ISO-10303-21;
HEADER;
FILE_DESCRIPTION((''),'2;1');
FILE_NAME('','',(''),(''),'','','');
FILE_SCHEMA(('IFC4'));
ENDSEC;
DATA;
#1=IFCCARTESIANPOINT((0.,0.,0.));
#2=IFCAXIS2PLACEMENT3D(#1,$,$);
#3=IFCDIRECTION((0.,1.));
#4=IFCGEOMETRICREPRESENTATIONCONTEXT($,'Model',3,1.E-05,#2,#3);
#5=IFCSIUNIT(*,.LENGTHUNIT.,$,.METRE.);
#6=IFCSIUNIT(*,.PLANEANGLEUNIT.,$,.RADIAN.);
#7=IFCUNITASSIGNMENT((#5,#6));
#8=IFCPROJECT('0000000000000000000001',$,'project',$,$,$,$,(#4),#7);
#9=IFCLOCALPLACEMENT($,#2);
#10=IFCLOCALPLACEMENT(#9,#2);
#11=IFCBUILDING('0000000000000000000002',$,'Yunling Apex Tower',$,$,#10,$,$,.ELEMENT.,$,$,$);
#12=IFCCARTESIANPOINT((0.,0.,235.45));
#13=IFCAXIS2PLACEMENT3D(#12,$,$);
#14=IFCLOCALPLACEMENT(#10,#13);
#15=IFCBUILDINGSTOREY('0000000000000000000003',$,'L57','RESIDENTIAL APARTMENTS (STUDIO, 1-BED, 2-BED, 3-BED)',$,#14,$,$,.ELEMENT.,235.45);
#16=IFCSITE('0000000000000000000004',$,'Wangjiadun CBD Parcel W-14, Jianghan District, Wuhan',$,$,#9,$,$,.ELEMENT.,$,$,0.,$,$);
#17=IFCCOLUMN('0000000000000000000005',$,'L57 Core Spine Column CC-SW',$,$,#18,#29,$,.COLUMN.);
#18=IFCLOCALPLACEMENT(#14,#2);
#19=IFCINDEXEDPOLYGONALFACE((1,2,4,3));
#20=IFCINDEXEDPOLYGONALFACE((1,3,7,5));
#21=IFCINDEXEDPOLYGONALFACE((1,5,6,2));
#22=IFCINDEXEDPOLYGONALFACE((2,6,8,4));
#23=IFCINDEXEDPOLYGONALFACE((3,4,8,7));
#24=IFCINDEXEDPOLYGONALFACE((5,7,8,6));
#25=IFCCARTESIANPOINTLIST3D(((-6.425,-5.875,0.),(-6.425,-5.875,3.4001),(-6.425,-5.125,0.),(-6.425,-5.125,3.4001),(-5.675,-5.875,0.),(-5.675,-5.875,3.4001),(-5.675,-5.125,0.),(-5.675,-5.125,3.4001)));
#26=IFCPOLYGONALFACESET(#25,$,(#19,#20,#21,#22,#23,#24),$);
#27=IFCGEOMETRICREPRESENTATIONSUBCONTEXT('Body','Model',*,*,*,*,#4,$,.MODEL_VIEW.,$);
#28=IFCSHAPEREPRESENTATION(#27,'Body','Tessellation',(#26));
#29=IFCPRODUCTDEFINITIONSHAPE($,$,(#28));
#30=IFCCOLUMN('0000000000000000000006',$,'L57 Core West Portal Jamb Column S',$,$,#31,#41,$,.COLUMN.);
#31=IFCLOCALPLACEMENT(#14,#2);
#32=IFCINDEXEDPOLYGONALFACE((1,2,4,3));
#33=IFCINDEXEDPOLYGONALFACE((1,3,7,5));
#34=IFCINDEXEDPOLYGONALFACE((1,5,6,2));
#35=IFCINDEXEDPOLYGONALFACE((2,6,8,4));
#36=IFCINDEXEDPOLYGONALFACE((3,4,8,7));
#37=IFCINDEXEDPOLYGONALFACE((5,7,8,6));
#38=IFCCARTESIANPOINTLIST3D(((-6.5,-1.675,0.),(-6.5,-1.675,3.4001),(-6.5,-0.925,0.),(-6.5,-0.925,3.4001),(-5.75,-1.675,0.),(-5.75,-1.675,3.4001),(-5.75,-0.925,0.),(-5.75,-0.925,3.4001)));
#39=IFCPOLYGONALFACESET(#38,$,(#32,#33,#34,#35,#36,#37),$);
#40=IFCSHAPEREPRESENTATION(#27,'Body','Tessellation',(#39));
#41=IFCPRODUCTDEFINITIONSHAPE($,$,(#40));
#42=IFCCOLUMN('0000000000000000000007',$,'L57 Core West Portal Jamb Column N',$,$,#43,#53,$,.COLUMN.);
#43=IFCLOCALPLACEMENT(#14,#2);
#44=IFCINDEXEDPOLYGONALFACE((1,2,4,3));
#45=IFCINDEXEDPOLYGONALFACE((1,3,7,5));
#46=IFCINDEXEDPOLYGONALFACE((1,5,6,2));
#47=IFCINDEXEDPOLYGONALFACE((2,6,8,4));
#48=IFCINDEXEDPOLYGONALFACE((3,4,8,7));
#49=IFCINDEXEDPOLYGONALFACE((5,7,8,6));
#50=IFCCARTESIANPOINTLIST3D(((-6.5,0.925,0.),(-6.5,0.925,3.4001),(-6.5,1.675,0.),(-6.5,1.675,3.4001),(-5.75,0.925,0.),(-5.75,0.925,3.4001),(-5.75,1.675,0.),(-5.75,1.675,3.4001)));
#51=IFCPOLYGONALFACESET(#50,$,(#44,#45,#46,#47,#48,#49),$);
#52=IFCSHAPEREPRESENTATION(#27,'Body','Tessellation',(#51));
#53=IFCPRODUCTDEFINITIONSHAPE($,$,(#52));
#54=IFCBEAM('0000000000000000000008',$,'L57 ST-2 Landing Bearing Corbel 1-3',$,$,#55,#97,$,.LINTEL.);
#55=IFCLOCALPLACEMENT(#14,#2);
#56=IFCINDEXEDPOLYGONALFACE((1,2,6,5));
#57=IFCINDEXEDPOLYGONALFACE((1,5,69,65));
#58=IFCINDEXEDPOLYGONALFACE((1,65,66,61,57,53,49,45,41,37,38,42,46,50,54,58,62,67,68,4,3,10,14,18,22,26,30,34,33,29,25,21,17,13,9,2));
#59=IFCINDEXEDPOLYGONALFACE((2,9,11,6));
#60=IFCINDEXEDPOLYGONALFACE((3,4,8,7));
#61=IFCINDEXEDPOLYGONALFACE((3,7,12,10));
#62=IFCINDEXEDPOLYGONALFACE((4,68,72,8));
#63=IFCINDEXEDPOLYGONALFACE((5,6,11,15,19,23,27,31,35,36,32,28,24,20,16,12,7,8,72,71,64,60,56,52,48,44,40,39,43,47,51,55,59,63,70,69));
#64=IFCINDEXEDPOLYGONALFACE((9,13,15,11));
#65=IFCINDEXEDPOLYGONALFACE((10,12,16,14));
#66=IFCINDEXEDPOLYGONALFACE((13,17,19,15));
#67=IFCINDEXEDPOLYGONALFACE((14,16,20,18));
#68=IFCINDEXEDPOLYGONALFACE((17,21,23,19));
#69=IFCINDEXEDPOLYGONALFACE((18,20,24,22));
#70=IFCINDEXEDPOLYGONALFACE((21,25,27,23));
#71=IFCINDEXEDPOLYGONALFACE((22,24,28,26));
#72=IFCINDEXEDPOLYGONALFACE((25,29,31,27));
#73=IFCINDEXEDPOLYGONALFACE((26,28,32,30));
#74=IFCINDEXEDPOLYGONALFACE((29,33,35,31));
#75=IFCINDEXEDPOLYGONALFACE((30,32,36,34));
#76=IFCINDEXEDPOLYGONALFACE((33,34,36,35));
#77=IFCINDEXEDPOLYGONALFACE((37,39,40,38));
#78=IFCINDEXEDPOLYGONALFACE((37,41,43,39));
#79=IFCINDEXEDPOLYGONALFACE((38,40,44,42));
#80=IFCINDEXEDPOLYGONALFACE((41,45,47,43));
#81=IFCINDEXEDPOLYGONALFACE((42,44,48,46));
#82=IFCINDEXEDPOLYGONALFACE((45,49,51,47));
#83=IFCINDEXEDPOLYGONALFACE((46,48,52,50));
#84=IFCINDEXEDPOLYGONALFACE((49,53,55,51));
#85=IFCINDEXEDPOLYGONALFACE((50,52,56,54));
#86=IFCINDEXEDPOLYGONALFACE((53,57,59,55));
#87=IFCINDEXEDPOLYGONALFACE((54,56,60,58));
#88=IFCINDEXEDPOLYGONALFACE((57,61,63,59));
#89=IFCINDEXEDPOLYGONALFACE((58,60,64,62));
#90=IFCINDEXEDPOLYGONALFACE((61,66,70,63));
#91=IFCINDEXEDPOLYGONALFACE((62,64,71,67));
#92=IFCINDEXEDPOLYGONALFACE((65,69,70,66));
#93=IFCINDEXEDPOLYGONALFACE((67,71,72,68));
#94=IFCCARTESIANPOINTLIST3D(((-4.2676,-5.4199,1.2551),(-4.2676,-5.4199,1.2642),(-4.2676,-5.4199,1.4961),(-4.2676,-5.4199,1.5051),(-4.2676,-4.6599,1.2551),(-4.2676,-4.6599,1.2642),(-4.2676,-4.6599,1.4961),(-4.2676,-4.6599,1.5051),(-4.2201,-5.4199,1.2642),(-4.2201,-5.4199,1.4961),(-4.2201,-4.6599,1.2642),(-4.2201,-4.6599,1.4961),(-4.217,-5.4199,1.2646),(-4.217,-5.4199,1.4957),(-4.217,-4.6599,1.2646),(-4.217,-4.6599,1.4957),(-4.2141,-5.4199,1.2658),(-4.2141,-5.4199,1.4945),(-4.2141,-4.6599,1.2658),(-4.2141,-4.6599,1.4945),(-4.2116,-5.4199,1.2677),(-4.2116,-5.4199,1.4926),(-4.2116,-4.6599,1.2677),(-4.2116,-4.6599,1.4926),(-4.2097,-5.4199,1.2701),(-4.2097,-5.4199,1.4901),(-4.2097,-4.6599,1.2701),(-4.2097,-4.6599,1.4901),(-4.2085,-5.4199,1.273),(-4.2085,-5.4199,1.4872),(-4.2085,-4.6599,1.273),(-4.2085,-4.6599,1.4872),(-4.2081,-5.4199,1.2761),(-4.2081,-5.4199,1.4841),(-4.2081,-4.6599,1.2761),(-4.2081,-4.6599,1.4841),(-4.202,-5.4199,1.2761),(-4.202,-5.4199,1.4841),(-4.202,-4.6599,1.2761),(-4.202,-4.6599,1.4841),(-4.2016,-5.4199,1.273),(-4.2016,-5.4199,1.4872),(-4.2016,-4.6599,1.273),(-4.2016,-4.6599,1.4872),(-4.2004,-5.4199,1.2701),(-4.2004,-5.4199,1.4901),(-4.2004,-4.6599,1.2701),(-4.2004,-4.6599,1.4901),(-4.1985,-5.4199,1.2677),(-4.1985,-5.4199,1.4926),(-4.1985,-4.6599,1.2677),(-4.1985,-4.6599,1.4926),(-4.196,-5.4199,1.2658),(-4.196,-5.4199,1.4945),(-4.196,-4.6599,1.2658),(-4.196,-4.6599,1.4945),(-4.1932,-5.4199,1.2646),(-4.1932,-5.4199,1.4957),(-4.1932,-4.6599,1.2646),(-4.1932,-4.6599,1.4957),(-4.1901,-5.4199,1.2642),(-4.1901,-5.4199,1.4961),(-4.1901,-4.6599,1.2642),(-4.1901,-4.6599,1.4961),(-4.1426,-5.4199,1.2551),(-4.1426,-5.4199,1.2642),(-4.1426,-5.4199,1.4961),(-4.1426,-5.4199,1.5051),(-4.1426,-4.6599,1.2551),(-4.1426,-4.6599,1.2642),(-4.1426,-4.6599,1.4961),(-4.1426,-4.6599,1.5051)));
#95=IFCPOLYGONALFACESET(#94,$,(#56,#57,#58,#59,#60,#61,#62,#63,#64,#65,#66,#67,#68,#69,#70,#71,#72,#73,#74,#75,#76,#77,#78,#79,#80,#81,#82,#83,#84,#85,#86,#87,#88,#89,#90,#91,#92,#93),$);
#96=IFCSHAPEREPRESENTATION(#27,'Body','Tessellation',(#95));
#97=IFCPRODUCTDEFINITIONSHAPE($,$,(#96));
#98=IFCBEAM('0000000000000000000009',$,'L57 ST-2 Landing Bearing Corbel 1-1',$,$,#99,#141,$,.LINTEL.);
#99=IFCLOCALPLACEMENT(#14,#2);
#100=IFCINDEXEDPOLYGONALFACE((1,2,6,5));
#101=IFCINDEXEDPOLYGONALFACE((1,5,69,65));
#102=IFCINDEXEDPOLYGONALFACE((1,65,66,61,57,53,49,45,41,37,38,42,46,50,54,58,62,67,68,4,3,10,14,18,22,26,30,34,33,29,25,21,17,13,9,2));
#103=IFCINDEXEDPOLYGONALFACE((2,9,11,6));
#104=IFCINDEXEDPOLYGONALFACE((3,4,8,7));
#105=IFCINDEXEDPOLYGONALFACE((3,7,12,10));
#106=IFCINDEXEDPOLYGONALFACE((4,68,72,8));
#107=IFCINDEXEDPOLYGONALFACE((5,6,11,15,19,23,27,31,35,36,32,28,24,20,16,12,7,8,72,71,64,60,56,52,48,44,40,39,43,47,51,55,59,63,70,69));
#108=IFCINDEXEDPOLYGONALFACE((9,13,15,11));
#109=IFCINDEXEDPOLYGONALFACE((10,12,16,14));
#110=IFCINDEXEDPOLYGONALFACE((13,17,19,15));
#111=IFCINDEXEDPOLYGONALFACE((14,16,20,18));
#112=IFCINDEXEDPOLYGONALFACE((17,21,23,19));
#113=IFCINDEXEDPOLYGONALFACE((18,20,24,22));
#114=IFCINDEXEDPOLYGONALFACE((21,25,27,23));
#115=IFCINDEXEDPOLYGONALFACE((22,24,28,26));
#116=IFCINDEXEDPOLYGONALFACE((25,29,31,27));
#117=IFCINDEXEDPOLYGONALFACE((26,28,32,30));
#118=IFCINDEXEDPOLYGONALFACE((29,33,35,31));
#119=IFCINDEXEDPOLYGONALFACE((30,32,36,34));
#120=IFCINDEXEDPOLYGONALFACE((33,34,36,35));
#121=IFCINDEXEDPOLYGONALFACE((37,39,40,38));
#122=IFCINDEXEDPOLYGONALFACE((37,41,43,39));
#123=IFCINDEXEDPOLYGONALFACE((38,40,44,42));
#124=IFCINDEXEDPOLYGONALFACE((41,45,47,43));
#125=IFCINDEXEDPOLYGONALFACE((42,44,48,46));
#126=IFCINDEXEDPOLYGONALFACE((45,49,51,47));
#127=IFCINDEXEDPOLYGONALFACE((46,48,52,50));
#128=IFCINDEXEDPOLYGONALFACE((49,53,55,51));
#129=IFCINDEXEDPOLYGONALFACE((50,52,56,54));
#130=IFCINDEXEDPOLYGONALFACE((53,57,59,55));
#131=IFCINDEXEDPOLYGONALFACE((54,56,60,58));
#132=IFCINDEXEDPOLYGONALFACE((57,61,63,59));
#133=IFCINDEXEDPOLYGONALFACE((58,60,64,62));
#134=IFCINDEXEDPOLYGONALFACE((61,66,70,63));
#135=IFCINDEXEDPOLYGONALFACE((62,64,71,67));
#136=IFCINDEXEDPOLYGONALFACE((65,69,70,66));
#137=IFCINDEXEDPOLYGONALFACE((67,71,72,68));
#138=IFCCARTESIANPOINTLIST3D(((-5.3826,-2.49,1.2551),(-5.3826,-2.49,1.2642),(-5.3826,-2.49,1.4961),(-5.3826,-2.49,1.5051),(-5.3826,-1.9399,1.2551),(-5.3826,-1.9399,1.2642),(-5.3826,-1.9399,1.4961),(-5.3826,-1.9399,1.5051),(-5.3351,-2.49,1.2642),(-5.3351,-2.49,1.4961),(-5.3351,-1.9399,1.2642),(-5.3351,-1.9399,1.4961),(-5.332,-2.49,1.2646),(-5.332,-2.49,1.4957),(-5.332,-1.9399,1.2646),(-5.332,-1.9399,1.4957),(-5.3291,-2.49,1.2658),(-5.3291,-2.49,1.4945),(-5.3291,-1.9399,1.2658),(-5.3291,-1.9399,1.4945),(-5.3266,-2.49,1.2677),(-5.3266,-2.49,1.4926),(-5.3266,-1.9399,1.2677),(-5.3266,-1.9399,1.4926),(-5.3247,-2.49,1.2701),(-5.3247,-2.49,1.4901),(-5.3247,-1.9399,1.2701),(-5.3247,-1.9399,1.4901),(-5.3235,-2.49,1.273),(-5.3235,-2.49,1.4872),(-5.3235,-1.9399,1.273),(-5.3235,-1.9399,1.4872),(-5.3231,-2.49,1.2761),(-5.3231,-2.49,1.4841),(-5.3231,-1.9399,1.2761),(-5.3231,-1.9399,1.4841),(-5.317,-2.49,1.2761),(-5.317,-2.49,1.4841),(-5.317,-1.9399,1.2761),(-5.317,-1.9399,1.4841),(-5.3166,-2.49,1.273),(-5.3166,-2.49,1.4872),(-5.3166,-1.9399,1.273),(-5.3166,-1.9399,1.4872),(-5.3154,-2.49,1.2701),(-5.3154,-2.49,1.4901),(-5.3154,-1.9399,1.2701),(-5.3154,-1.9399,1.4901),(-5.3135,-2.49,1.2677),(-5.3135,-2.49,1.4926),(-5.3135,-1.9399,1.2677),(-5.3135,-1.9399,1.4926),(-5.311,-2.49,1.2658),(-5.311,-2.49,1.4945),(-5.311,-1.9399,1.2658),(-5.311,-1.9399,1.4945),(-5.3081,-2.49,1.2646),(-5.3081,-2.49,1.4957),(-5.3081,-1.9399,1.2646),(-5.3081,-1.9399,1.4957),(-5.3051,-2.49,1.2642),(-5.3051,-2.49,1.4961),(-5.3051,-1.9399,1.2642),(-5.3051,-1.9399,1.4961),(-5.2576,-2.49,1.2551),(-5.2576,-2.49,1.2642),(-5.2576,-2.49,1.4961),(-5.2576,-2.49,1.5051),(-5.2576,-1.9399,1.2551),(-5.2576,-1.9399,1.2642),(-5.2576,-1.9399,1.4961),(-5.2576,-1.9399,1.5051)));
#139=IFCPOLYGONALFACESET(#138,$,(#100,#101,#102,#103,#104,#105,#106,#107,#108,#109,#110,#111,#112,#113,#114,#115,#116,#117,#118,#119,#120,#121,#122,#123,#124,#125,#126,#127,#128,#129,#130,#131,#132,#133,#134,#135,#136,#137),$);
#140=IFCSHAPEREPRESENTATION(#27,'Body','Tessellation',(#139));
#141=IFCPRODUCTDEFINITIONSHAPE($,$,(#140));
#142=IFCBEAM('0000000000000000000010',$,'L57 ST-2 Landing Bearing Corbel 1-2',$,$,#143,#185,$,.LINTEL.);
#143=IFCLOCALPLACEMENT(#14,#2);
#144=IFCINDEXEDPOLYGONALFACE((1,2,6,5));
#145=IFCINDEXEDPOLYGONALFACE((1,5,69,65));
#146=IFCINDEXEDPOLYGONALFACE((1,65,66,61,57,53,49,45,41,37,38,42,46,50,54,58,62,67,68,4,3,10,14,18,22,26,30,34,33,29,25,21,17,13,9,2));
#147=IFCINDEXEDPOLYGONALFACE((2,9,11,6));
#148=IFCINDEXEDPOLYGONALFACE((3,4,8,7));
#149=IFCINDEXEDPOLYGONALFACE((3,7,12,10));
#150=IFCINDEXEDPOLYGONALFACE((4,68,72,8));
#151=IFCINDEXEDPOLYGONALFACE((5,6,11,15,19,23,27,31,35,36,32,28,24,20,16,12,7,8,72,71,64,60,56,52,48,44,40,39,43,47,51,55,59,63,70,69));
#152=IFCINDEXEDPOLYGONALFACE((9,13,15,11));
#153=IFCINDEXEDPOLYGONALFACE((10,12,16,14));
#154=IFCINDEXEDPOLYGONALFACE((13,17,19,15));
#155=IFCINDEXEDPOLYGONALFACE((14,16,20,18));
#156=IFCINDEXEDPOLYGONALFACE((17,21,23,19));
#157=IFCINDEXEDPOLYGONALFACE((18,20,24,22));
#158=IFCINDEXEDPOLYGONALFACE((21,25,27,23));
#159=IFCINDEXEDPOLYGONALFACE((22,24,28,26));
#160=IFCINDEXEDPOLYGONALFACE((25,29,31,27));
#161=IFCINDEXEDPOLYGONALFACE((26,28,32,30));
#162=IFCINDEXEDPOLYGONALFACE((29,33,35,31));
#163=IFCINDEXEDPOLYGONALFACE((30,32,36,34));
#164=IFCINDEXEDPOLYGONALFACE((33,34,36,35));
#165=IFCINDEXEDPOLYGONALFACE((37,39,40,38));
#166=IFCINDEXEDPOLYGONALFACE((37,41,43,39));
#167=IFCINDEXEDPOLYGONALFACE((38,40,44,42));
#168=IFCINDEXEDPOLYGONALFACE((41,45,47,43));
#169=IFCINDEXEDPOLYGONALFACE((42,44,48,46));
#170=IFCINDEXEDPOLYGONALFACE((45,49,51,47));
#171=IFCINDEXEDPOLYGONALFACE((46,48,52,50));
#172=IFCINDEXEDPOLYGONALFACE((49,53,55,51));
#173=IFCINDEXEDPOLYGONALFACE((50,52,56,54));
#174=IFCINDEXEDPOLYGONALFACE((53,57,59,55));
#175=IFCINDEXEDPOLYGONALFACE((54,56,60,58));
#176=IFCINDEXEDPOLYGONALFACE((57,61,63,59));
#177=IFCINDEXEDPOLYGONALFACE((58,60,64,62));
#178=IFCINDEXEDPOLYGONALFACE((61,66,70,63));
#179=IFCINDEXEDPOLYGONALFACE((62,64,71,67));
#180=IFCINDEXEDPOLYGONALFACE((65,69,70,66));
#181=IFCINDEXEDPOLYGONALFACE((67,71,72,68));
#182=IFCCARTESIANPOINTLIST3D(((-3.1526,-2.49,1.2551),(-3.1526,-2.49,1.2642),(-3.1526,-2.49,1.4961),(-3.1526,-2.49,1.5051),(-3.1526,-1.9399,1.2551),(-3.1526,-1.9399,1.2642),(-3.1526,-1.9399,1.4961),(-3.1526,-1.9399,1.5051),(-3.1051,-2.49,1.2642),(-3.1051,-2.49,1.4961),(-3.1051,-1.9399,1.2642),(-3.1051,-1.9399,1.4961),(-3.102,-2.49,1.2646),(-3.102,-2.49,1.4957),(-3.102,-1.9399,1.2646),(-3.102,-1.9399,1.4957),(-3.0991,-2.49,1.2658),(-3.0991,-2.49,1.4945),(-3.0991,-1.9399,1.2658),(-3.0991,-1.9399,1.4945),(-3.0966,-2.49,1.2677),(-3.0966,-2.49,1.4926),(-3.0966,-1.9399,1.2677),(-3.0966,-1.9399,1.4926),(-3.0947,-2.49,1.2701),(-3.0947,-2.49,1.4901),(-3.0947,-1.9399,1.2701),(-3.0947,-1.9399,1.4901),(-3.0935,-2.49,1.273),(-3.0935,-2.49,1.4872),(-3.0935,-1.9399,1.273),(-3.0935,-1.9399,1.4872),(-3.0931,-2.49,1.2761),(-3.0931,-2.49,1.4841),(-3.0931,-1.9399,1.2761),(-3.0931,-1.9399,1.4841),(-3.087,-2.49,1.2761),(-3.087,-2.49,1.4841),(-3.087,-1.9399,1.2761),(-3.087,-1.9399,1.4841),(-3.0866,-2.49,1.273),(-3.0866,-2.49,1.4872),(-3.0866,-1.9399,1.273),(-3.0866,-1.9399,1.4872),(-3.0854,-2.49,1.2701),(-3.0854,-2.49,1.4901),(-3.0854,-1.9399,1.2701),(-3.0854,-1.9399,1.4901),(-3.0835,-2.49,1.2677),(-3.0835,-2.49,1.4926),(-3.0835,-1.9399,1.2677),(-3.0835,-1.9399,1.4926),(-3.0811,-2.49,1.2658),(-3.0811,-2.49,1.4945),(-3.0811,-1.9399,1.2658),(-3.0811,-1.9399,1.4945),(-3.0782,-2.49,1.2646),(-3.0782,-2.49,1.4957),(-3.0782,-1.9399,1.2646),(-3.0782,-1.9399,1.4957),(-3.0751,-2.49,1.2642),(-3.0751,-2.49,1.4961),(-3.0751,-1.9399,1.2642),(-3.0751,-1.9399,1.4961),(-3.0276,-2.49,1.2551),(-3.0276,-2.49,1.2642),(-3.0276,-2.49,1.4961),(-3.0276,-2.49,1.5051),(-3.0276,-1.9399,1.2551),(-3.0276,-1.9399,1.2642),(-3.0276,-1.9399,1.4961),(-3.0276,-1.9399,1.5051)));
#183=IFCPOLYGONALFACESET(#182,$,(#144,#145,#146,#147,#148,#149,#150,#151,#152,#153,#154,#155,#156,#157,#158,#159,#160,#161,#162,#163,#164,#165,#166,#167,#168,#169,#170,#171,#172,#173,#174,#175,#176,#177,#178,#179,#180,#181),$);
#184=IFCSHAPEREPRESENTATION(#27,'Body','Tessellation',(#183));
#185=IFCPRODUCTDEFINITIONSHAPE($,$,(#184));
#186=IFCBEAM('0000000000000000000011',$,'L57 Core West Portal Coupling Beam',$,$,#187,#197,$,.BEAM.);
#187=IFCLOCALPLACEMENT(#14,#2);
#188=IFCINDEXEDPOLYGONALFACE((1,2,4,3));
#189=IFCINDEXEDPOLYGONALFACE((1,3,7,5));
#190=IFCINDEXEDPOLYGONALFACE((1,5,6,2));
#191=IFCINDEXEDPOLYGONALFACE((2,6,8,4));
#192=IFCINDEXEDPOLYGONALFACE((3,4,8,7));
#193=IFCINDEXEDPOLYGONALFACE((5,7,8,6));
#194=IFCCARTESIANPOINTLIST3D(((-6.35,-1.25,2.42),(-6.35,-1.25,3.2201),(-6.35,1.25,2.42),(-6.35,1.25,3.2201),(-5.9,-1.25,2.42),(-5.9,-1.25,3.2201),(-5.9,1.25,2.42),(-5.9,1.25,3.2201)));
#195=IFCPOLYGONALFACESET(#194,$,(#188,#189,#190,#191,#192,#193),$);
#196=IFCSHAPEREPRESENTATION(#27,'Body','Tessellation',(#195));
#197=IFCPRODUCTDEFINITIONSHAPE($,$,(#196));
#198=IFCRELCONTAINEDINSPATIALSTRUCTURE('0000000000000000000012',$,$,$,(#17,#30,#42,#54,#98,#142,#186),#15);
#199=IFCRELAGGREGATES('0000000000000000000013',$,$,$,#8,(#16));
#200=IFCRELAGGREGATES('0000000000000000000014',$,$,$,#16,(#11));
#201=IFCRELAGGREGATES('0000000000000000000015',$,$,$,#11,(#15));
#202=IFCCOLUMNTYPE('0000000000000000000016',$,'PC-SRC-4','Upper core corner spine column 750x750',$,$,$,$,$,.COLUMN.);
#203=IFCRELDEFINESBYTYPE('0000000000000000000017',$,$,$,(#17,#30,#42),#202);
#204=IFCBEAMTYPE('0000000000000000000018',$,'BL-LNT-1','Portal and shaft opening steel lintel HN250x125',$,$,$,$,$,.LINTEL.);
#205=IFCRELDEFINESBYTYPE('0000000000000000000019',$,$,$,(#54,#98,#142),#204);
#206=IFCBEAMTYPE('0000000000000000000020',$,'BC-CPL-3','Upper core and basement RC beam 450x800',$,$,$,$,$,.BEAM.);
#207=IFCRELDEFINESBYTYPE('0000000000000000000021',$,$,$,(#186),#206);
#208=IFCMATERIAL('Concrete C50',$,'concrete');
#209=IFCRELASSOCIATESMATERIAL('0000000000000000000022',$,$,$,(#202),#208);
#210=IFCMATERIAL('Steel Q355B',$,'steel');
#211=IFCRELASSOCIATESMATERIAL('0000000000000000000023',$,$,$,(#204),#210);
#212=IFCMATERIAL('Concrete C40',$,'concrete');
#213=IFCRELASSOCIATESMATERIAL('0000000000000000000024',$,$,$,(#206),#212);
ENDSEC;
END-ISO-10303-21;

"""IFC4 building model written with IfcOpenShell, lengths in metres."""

from ifc_helpers import new_model, si_unit, direction, frame, origin, origin_2d, place, context, subcontext, project, spatial, rectangle, i_section, extrude, source, transform, mapped, material, material_profile, profile_set, type_object, element, save


model = new_model("IFC4")

# Units and contexts
model_context = context("Model", 3, precision=1e-05, world=origin(), true_north=direction((0.0, 1.0)))
body_context = subcontext(model_context, "Body", "Model", "MODEL_VIEW")
ifc_project = project(units=[si_unit("LENGTHUNIT", "METRE"), si_unit("PLANEANGLEUNIT", "RADIAN")], contexts=[model_context])

# Site, building, storey
site_placement = place(None, origin())
site = spatial("IfcSite", under=ifc_project, at=site_placement, Name="Wangjiadun CBD Parcel W-14, Jianghan District, Wuhan", CompositionType="ELEMENT", RefElevation=0.0)
building_placement = place(site_placement, origin())
building = spatial("IfcBuilding", under=site, at=building_placement, Name="Yunling Apex Tower", CompositionType="ELEMENT")
storey_placement = place(building_placement, frame((0.0, 0.0, 235.45)))
storey = spatial("IfcBuildingStorey", under=building, at=storey_placement, Name="L57", Description="RESIDENTIAL APARTMENTS (STUDIO, 1-BED, 2-BED, 3-BED)", CompositionType="ELEMENT", Elevation=235.45)

# Columns
ifc_material_1 = material(Name="Concrete C50", Category="concrete")
ifc_material_profile_1 = material_profile(ifc_material_1, rectangle(XDim=0.75, YDim=0.75, at=origin_2d()))
ifc_profile_set_1 = profile_set([ifc_material_profile_1], Name="Concrete C50")
column_type = type_object("IfcColumnType", Name="PC-SRC-4", Description="Upper core corner spine column 750x750", PredefinedType="COLUMN", material=ifc_profile_set_1)
shared_shape_1 = source(origin(), body_context, "Body", "SweptSolid", [
    extrude(rectangle(XDim=0.75, YDim=0.75, at=origin_2d()), origin(), (0.0, 0.0, 1.0), 3.4001),
])
for number, where, z_axis, x_axis, name in (
    (1, (-6.05, -5.5, 0.0), (0.0, 0.0, 1.0), (1.0, 0.0, 0.0), "L57 Core Spine Column CC-SW"),
    (2, (-6.125, -1.3, 0.0), (0.0, 0.0, 1.0), (1.0, 0.0, 0.0), "L57 Core West Portal Jamb Column S"),
    (3, (-6.125, 1.3, 0.0), (0.0, 0.0, 1.0), (1.0, 0.0, 0.0), "L57 Core West Portal Jamb Column N"),
):
    element("IfcColumn", number, at=place(storey_placement, frame(where, z_axis=z_axis, x_axis=x_axis)), inside=storey, type_object=column_type, Name=name, PredefinedType="COLUMN", context=body_context, shape_type="MappedRepresentation", body=[
        mapped(shared_shape_1, transform((0.0, 0.0, 0.0), scale=1.0)),
    ])

# Beams
ifc_material_2 = material(Name="Steel Q355B", Category="steel")
ifc_material_profile_2 = material_profile(ifc_material_2, i_section(OverallWidth=0.125, OverallDepth=0.25, WebThickness=0.0061, FlangeThickness=0.009, FilletRadius=0.012, at=origin_2d()))
ifc_profile_set_2 = profile_set([ifc_material_profile_2], Name="Steel Q355B")
beam_type_1 = type_object("IfcBeamType", Name="BL-LNT-1", Description="Portal and shaft opening steel lintel HN250x125", PredefinedType="LINTEL", material=ifc_profile_set_2)
shared_shape_2 = source(origin(), body_context, "Body", "SweptSolid", [
    extrude(i_section(OverallWidth=0.125, OverallDepth=0.25, WebThickness=0.0061, FlangeThickness=0.009, FilletRadius=0.012, at=origin_2d()), origin(), (0.0, 0.0, 1.0), 0.76),
])
beam_1_placement = place(storey_placement, frame((-4.2051, -5.4199, 1.3801), z_axis=(0.0, 1.0, 0.0), x_axis=(-1.0, 0.0, 0.0)))
element("IfcBeam", 4, at=beam_1_placement, inside=storey, type_object=beam_type_1, Name="L57 ST-2 Landing Bearing Corbel 1-3", PredefinedType="LINTEL", context=body_context, shape_type="MappedRepresentation", body=[
    mapped(shared_shape_2, transform((0.0, 0.0, 0.0), scale=1.0)),
])
shared_shape_3 = source(origin(), body_context, "Body", "SweptSolid", [
    extrude(i_section(OverallWidth=0.125, OverallDepth=0.25, WebThickness=0.0061, FlangeThickness=0.009, FilletRadius=0.012, at=origin_2d()), origin(), (0.0, 0.0, 1.0), 0.55),
])
for number, where, z_axis, x_axis, name in (
    (5, (-5.3201, -1.9399, 1.3801), (0.0, -1.0, 0.0), (1.0, 0.0, 0.0), "L57 ST-2 Landing Bearing Corbel 1-1"),
    (6, (-3.0901, -1.9399, 1.3801), (0.0, -1.0, 0.0), (1.0, 0.0, 0.0), "L57 ST-2 Landing Bearing Corbel 1-2"),
):
    element("IfcBeam", number, at=place(storey_placement, frame(where, z_axis=z_axis, x_axis=x_axis)), inside=storey, type_object=beam_type_1, Name=name, PredefinedType="LINTEL", context=body_context, shape_type="MappedRepresentation", body=[
        mapped(shared_shape_3, transform((0.0, 0.0, 0.0), scale=1.0)),
    ])
ifc_material_3 = material(Name="Concrete C40", Category="concrete")
ifc_material_profile_3 = material_profile(ifc_material_3, rectangle(XDim=0.45, YDim=0.8, at=origin_2d()))
ifc_profile_set_3 = profile_set([ifc_material_profile_3], Name="Concrete C40")
beam_type_2 = type_object("IfcBeamType", Name="BC-CPL-3", Description="Upper core and basement RC beam 450x800", PredefinedType="BEAM", material=ifc_profile_set_3)
shared_shape_4 = source(origin(), body_context, "Body", "SweptSolid", [
    extrude(rectangle(XDim=0.45, YDim=0.8, at=origin_2d()), origin(), (0.0, 0.0, 1.0), 2.5),
])
beam_2_placement = place(storey_placement, frame((-6.125, -1.25, 2.8201), z_axis=(0.0, 1.0, 0.0), x_axis=(-1.0, 0.0, 0.0)))
element("IfcBeam", 7, at=beam_2_placement, inside=storey, type_object=beam_type_2, Name="L57 Core West Portal Coupling Beam", PredefinedType="BEAM", context=body_context, shape_type="MappedRepresentation", body=[
    mapped(shared_shape_4, transform((0.0, 0.0, 0.0), scale=1.0)),
])

save(model, "model.ifc")
